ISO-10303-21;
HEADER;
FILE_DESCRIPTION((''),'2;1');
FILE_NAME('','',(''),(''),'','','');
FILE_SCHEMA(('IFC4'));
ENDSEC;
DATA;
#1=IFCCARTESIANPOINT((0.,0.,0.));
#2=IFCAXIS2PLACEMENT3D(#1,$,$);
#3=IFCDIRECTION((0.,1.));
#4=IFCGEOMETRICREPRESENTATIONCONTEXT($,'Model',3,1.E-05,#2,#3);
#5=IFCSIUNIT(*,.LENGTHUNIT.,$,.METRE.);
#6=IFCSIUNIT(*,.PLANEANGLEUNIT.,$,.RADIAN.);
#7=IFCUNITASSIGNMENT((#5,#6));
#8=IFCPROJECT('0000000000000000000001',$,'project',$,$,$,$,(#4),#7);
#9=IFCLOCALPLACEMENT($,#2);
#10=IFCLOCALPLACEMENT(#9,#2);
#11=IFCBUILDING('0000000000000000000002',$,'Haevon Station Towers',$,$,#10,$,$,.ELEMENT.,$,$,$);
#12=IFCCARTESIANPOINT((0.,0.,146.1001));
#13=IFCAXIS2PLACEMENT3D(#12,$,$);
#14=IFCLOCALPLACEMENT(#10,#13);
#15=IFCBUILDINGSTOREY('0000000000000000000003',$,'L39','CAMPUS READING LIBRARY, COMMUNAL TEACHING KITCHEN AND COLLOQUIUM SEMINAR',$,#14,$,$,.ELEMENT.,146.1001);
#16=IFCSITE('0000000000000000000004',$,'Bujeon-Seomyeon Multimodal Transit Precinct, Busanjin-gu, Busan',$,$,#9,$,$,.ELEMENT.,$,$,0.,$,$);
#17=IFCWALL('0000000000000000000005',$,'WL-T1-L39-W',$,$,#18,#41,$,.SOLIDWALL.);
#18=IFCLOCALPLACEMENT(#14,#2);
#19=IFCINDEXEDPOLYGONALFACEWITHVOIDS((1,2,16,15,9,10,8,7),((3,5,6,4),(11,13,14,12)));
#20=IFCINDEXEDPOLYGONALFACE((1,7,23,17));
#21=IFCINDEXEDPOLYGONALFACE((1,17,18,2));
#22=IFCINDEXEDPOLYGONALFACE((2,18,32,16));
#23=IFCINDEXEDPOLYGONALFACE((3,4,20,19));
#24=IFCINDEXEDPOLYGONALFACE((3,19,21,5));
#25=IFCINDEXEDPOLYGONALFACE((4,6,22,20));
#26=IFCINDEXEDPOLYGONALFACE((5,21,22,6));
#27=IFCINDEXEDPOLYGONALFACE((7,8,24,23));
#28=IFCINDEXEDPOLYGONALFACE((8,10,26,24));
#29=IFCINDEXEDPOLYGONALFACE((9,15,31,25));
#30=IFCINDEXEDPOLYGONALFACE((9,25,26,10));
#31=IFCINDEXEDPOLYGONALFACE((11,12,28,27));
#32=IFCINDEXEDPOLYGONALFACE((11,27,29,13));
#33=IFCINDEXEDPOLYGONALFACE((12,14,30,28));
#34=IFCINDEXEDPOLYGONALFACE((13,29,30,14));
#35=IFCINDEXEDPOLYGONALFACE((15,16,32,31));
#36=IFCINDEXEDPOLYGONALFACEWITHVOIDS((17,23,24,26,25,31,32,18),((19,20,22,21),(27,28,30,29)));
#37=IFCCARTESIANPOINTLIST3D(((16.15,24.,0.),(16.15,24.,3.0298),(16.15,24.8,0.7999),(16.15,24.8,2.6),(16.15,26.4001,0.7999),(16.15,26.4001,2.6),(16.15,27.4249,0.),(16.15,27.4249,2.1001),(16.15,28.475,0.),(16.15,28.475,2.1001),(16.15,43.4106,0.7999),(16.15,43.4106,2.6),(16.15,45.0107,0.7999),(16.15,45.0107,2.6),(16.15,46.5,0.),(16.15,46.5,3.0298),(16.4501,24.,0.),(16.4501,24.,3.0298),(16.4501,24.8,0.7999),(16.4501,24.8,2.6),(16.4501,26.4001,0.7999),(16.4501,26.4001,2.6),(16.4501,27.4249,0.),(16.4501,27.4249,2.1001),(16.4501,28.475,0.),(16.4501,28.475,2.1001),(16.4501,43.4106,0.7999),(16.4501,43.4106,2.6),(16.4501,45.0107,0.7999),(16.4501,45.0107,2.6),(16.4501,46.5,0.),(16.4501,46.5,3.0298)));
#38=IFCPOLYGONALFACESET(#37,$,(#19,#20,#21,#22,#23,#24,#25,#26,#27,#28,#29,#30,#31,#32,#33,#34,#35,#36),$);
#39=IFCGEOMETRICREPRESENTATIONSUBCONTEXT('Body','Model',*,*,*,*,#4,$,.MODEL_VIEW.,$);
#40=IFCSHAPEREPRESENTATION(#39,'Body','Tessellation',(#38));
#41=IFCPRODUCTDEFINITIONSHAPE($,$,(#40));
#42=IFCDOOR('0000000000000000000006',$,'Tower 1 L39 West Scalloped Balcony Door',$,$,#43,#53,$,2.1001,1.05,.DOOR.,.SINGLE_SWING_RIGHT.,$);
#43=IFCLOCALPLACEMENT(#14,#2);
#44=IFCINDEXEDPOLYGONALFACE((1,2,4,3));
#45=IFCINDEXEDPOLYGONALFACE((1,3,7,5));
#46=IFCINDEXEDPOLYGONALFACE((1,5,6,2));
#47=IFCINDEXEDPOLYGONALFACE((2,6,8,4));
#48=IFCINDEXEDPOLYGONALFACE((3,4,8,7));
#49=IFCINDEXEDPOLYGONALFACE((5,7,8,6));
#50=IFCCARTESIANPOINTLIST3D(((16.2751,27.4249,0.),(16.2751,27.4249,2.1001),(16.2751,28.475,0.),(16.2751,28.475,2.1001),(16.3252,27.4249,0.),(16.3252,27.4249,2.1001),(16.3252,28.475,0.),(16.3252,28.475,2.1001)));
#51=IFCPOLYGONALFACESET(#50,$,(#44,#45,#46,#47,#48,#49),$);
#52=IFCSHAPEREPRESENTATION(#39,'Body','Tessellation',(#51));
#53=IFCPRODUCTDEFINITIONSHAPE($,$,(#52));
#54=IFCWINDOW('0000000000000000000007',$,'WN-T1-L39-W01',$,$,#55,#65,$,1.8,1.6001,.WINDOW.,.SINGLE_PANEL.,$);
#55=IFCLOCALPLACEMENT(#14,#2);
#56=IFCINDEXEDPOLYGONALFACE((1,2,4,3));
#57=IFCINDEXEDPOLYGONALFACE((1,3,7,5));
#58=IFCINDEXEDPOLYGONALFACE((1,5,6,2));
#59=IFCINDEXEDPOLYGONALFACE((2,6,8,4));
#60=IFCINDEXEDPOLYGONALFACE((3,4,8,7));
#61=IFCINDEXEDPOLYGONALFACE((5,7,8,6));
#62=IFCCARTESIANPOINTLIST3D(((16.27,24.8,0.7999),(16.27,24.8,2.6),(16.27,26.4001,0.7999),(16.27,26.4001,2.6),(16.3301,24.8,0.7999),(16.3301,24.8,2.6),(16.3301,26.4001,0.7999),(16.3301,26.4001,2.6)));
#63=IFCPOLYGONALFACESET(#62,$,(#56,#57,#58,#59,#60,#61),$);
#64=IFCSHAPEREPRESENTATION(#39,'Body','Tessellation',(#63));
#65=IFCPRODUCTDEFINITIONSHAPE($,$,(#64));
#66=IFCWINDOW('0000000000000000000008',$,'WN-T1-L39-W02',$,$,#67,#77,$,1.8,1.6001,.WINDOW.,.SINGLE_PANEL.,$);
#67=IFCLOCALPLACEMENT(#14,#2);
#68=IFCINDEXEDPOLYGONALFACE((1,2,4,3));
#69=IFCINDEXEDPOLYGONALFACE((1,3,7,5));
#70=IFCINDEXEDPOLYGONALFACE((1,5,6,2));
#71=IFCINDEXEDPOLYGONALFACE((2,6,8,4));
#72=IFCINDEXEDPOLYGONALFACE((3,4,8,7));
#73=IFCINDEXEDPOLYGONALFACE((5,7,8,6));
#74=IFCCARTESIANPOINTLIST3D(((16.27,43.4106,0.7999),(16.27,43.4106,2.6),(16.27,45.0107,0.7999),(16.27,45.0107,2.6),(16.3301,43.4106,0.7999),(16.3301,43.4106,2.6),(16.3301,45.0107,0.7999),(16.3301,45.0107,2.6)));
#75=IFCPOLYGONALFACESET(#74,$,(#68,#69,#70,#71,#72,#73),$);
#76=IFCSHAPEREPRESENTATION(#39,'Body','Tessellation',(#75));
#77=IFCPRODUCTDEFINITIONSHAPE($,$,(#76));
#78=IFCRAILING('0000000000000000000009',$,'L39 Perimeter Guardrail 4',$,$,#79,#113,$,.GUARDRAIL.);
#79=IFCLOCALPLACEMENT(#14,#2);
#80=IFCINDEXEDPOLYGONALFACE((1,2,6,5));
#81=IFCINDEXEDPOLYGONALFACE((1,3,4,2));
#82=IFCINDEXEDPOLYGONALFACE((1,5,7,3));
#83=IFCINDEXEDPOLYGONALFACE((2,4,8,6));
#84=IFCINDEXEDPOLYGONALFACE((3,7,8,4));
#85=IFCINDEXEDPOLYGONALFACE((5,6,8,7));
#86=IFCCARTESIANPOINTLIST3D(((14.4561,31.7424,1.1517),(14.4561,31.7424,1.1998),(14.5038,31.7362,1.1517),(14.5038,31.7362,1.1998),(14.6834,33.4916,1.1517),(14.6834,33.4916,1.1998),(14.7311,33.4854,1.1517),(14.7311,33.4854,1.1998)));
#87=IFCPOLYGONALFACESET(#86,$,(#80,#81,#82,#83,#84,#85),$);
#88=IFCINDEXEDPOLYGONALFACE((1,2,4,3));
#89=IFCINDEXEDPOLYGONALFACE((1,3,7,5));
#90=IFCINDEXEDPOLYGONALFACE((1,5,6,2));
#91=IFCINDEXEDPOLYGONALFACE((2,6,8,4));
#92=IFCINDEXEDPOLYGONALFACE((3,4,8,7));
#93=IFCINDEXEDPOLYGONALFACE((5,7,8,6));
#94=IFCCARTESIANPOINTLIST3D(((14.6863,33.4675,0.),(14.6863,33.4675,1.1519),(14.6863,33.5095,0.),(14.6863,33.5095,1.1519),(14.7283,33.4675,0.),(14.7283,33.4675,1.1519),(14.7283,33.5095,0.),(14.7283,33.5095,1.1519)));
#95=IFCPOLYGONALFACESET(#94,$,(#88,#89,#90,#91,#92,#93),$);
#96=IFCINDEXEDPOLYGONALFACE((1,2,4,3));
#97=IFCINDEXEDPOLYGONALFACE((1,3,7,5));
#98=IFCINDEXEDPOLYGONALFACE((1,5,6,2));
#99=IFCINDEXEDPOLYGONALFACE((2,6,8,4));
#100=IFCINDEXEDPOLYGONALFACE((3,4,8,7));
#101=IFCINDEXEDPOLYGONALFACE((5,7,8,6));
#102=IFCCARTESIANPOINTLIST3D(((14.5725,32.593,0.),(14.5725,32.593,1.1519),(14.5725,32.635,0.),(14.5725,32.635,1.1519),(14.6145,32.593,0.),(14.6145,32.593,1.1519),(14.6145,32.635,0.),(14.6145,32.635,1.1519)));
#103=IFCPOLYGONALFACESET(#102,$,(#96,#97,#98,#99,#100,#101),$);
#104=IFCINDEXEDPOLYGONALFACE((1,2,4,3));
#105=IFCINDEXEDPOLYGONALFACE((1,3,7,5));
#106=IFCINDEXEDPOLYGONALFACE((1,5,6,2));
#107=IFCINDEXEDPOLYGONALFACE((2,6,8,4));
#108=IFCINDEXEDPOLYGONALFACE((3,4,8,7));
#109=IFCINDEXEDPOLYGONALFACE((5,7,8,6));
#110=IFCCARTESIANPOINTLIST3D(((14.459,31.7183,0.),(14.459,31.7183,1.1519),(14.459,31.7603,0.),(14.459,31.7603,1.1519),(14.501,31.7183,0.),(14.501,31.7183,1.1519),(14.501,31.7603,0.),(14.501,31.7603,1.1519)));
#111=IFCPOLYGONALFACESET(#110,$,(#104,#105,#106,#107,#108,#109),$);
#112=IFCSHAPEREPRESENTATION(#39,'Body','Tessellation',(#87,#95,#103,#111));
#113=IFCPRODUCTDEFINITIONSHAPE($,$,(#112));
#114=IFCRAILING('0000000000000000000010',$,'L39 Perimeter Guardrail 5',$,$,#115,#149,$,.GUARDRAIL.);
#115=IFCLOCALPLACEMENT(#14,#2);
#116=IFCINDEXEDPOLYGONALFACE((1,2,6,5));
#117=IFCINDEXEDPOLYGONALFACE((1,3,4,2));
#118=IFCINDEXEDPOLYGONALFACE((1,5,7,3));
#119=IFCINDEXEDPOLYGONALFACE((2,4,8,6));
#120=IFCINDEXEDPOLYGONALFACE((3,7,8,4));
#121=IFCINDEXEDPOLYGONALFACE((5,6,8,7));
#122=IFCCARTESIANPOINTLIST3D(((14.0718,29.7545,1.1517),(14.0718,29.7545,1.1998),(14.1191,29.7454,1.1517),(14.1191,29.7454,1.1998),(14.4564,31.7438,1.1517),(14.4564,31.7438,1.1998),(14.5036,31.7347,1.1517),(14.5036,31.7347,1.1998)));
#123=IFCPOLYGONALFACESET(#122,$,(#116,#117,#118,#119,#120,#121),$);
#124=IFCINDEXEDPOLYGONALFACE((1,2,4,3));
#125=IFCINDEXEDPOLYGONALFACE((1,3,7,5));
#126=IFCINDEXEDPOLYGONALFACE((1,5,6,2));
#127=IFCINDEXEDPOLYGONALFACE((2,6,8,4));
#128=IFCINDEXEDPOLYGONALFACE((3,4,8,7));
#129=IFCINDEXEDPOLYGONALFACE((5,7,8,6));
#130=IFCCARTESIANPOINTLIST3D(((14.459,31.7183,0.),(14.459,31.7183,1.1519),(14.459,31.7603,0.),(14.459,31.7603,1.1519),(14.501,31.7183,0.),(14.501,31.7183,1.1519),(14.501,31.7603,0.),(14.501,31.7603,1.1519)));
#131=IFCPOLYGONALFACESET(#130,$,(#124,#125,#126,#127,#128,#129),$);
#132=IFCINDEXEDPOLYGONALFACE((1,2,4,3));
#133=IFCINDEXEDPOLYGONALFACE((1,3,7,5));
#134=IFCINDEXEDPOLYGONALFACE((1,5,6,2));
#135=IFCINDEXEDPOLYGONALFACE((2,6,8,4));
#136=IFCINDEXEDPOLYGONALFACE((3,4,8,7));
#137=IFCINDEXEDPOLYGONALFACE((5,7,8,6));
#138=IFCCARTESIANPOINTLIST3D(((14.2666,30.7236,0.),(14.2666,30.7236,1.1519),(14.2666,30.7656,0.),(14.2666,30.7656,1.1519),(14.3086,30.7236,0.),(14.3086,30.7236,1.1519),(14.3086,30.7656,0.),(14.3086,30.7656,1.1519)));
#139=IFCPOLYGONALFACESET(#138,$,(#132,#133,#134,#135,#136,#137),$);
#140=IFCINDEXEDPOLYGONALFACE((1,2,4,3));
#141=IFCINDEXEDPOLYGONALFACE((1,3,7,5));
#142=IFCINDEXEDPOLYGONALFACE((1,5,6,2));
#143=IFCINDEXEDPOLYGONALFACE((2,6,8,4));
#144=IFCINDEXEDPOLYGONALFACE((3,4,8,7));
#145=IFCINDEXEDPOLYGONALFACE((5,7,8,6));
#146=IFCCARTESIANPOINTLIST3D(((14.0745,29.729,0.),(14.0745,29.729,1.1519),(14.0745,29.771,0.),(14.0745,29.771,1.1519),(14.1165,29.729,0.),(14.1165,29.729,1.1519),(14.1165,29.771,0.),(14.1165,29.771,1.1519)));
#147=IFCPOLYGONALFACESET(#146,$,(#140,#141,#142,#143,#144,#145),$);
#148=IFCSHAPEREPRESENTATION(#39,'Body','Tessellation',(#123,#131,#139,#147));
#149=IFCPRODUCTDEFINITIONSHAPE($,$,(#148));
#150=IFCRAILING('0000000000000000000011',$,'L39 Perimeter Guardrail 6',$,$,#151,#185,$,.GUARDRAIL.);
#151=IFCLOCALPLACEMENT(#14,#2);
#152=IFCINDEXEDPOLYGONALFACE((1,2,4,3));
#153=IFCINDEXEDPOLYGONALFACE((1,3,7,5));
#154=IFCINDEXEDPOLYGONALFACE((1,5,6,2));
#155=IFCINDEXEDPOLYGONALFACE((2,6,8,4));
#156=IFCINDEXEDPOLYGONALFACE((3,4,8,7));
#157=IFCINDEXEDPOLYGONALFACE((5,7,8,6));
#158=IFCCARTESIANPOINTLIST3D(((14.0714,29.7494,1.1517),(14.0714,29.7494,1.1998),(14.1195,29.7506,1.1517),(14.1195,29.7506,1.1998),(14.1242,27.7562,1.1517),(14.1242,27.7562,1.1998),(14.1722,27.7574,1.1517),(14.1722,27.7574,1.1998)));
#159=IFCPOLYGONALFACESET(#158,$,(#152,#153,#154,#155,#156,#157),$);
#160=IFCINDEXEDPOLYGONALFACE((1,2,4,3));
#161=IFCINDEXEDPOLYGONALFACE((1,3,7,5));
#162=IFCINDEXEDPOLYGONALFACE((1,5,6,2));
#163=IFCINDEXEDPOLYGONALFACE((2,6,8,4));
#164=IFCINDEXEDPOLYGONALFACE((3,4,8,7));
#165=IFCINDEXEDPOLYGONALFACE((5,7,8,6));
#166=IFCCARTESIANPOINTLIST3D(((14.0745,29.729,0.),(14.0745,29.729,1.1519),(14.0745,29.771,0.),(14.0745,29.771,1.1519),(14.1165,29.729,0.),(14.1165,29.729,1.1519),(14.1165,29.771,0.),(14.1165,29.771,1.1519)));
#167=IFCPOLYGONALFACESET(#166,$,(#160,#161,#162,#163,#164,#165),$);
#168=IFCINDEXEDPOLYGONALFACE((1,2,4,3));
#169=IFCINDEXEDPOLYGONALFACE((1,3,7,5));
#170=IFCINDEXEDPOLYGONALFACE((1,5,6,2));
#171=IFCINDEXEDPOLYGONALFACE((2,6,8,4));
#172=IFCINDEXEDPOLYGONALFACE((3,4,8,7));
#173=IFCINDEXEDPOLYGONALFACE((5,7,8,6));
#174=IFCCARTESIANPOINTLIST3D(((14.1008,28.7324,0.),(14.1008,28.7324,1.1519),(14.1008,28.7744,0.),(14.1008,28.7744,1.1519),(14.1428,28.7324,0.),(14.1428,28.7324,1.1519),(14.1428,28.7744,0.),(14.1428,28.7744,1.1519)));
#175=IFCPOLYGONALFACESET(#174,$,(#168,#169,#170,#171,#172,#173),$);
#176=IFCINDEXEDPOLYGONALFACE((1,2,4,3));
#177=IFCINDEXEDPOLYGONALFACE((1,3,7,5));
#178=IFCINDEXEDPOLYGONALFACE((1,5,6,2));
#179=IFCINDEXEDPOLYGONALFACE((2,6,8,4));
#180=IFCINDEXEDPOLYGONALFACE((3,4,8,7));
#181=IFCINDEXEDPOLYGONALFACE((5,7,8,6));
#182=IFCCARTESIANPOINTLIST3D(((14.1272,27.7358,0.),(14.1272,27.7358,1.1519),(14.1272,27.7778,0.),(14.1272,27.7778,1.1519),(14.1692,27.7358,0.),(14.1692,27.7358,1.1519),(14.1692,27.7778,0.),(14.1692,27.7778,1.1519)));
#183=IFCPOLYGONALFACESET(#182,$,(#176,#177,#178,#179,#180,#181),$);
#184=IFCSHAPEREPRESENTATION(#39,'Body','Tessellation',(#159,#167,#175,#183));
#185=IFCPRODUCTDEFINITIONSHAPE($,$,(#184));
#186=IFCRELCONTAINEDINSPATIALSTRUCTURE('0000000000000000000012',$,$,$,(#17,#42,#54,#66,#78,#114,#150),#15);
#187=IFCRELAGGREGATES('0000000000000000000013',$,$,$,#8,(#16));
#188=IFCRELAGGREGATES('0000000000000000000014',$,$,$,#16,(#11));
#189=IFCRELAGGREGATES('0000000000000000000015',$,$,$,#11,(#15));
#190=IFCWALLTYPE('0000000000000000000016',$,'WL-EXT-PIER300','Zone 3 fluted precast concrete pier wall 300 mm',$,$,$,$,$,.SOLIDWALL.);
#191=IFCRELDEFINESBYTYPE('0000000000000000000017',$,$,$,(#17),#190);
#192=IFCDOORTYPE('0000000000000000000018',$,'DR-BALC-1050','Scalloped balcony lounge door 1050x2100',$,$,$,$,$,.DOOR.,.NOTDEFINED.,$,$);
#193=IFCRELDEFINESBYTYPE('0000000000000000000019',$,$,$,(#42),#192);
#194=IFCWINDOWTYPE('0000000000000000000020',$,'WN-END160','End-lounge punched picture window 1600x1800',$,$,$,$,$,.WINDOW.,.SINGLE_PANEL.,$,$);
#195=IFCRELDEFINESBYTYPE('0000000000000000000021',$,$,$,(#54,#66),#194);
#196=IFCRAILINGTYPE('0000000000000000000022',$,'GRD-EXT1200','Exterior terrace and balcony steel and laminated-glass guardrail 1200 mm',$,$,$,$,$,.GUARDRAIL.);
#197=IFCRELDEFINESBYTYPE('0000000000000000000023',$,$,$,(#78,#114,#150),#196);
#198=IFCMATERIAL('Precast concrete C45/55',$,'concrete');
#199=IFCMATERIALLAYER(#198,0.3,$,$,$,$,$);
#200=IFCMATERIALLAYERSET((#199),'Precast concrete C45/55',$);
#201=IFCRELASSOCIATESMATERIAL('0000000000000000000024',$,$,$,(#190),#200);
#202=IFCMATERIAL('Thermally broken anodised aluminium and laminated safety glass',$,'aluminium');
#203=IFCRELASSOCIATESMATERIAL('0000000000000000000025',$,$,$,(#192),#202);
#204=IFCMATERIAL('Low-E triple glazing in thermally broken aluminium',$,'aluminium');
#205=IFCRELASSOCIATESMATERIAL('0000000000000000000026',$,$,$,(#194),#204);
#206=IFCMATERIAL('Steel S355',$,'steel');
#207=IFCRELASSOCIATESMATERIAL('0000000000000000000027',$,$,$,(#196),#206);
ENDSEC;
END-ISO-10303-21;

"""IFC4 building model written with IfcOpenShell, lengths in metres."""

from ifc_helpers import new_model, si_unit, direction, frame, frame_2d, origin, origin_2d, place, context, subcontext, project, spatial, rectangle, extrude, material, layer, layer_set, type_object, element, fill, save


model = new_model("IFC4")

# Units and contexts
model_context = context("Model", 3, precision=1e-05, world=origin(), true_north=direction((0.0, 1.0)))
body_context = subcontext(model_context, "Body", "Model", "MODEL_VIEW")
ifc_project = project(units=[si_unit("LENGTHUNIT", "METRE"), si_unit("PLANEANGLEUNIT", "RADIAN")], contexts=[model_context])

# Site, building, storey
site_placement = place(None, origin())
site = spatial("IfcSite", under=ifc_project, at=site_placement, Name="Bujeon-Seomyeon Multimodal Transit Precinct, Busanjin-gu, Busan", CompositionType="ELEMENT", RefElevation=0.0)
building_placement = place(site_placement, origin())
building = spatial("IfcBuilding", under=site, at=building_placement, Name="Haevon Station Towers", CompositionType="ELEMENT")
storey_placement = place(building_placement, frame((0.0, 0.0, 146.1001)))
storey = spatial("IfcBuildingStorey", under=building, at=storey_placement, Name="L39", Description="CAMPUS READING LIBRARY, COMMUNAL TEACHING KITCHEN AND COLLOQUIUM SEMINAR", CompositionType="ELEMENT", Elevation=146.1001)

# Shared definitions
ifc_material_1 = material(Name="Steel S355", Category="steel")

# Wall, openings, door, windows
ifc_material_2 = material(Name="Precast concrete C45/55", Category="concrete")
ifc_layer_1 = layer(ifc_material_2, 0.3)
ifc_layer_set_1 = layer_set([ifc_layer_1], Name="Precast concrete C45/55")
wall_type = type_object("IfcWallType", Name="WL-EXT-PIER300", Description="Zone 3 fluted precast concrete pier wall 300 mm", PredefinedType="SOLIDWALL", material=ifc_layer_set_1)
wall_placement = place(storey_placement, frame((16.3, 24.0, 0.0), z_axis=(0.0, 0.0, 1.0), x_axis=(0.0, 1.0, 0.0)))
wall = element("IfcWall", 1, at=wall_placement, inside=storey, type_object=wall_type, Name="WL-T1-L39-W", PredefinedType="SOLIDWALL", context=body_context, shape_type="SweptSolid", body=[
    extrude(rectangle(XDim=22.5, YDim=0.3, at=frame_2d((11.25, 0.0))), origin(), (0.0, 0.0, 1.0), 3.0298),
])
opening_1_placement = place(wall_placement, frame((3.425, 0.0, 0.0)))
opening_1 = element("IfcOpeningElement", 2, at=opening_1_placement, cuts=wall, PredefinedType="OPENING", context=body_context, shape_type="SweptSolid", body=[
    extrude(rectangle(XDim=1.05, YDim=2.1001, at=frame_2d((0.5249, 1.05))), frame((0.0, 0.1599, 0.0), z_axis=(0.0, -1.0, 0.0), x_axis=(1.0, 0.0, 0.0)), (0.0, 0.0, 1.0), 0.3201),
])
opening_2_placement = place(wall_placement, frame((0.8, 0.0, 0.8)))
opening_2 = element("IfcOpeningElement", 3, at=opening_2_placement, cuts=wall, PredefinedType="OPENING", context=body_context, shape_type="SweptSolid", body=[
    extrude(rectangle(XDim=1.6001, YDim=1.8, at=frame_2d((0.8, 0.8999))), frame((0.0, 0.1599, 0.0), z_axis=(0.0, -1.0, 0.0), x_axis=(1.0, 0.0, 0.0)), (0.0, 0.0, 1.0), 0.3201),
])
opening_3_placement = place(wall_placement, frame((19.4106, 0.0, 0.8)))
opening_3 = element("IfcOpeningElement", 4, at=opening_3_placement, cuts=wall, PredefinedType="OPENING", context=body_context, shape_type="SweptSolid", body=[
    extrude(rectangle(XDim=1.6001, YDim=1.8, at=frame_2d((0.8, 0.8999))), frame((0.0, 0.1599, 0.0), z_axis=(0.0, -1.0, 0.0), x_axis=(1.0, 0.0, 0.0)), (0.0, 0.0, 1.0), 0.3201),
])
ifc_material_3 = material(Name="Thermally broken anodised aluminium and laminated safety glass", Category="aluminium")
door_type = type_object("IfcDoorType", Name="DR-BALC-1050", Description="Scalloped balcony lounge door 1050x2100", OperationType="NOTDEFINED", PredefinedType="DOOR", material=ifc_material_3)
door_placement = place(opening_1_placement, origin())
door = element("IfcDoor", 5, at=door_placement, inside=storey, type_object=door_type, Name="Tower 1 L39 West Scalloped Balcony Door", OperationType="SINGLE_SWING_RIGHT", OverallHeight=2.1001, OverallWidth=1.05, PredefinedType="DOOR", context=body_context, shape_type="SweptSolid", body=[
    extrude(rectangle(XDim=1.05, YDim=2.1001, at=frame_2d((0.5249, 1.05))), frame((0.0, 0.0249, 0.0), z_axis=(0.0, -1.0, 0.0), x_axis=(1.0, 0.0, 0.0)), (0.0, 0.0, 1.0), 0.05),
])
fill(opening_1, door)
ifc_material_4 = material(Name="Low-E triple glazing in thermally broken aluminium", Category="aluminium")
window_type = type_object("IfcWindowType", Name="WN-END160", Description="End-lounge punched picture window 1600x1800", PartitioningType="SINGLE_PANEL", PredefinedType="WINDOW", material=ifc_material_4)
window_1_placement = place(opening_2_placement, origin())
window_1 = element("IfcWindow", 6, at=window_1_placement, inside=storey, type_object=window_type, Name="WN-T1-L39-W01", OverallHeight=1.8, OverallWidth=1.6001, PartitioningType="SINGLE_PANEL", PredefinedType="WINDOW", context=body_context, shape_type="SweptSolid", body=[
    extrude(rectangle(XDim=1.6001, YDim=1.8, at=frame_2d((0.8, 0.8999))), frame((0.0, 0.03, 0.0), z_axis=(0.0, -1.0, 0.0), x_axis=(1.0, 0.0, 0.0)), (0.0, 0.0, 1.0), 0.0601),
])
fill(opening_2, window_1)
window_2_placement = place(opening_3_placement, origin())
window_2 = element("IfcWindow", 7, at=window_2_placement, inside=storey, type_object=window_type, Name="WN-T1-L39-W02", OverallHeight=1.8, OverallWidth=1.6001, PartitioningType="SINGLE_PANEL", PredefinedType="WINDOW", context=body_context, shape_type="SweptSolid", body=[
    extrude(rectangle(XDim=1.6001, YDim=1.8, at=frame_2d((0.8, 0.8999))), frame((0.0, 0.03, 0.0), z_axis=(0.0, -1.0, 0.0), x_axis=(1.0, 0.0, 0.0)), (0.0, 0.0, 1.0), 0.0601),
])
fill(opening_3, window_2)

# Railings
railing_type = type_object("IfcRailingType", Name="GRD-EXT1200", Description="Exterior terrace and balcony steel and laminated-glass guardrail 1200 mm", PredefinedType="GUARDRAIL", material=ifc_material_1)
railing_1_placement = place(storey_placement, frame((14.7073, 33.4885, 0.0)))
element("IfcRailing", 8, at=railing_1_placement, inside=storey, type_object=railing_type, Name="L39 Perimeter Guardrail 4", PredefinedType="GUARDRAIL", context=body_context, shape_type="SweptSolid", body=[
    extrude(rectangle(XDim=0.0481, YDim=0.0481, at=origin_2d()), frame((0.0, 0.0, 1.1758), z_axis=(-0.128854, -0.991664, 0.0), x_axis=(0.991664, -0.128854, 0.0)), (0.0, 0.0, 1.0), 1.7639),
    extrude(rectangle(XDim=0.042, YDim=0.042, at=origin_2d()), origin(), (0.0, 0.0, 1.0), 1.1519),
    extrude(rectangle(XDim=0.042, YDim=0.042, at=origin_2d()), frame((-0.1138, -0.8745, 0.0)), (0.0, 0.0, 1.0), 1.1519),
    extrude(rectangle(XDim=0.042, YDim=0.042, at=origin_2d()), frame((-0.2273, -1.7493, 0.0)), (0.0, 0.0, 1.0), 1.1519),
])
railing_2_placement = place(storey_placement, frame((14.48, 31.7393, 0.0)))
element("IfcRailing", 9, at=railing_2_placement, inside=storey, type_object=railing_type, Name="L39 Perimeter Guardrail 5", PredefinedType="GUARDRAIL", context=body_context, shape_type="SweptSolid", body=[
    extrude(rectangle(XDim=0.0481, YDim=0.0481, at=origin_2d()), frame((0.0, 0.0, 1.1758), z_axis=(-0.189786, -0.981826, 0.0), x_axis=(0.981826, -0.189786, 0.0)), (0.0, 0.0, 1.0), 2.0261),
    extrude(rectangle(XDim=0.042, YDim=0.042, at=origin_2d()), origin(), (0.0, 0.0, 1.0), 1.1519),
    extrude(rectangle(XDim=0.042, YDim=0.042, at=origin_2d()), frame((-0.1924, -0.9946, 0.0)), (0.0, 0.0, 1.0), 1.1519),
    extrude(rectangle(XDim=0.042, YDim=0.042, at=origin_2d()), frame((-0.3845, -1.9893, 0.0)), (0.0, 0.0, 1.0), 1.1519),
])
railing_3_placement = place(storey_placement, frame((14.0955, 29.75, 0.0)))
element("IfcRailing", 10, at=railing_3_placement, inside=storey, type_object=railing_type, Name="L39 Perimeter Guardrail 6", PredefinedType="GUARDRAIL", context=body_context, shape_type="SweptSolid", body=[
    extrude(rectangle(XDim=0.0481, YDim=0.0481, at=origin_2d()), frame((0.0, 0.0, 1.1758), z_axis=(0.026448, -0.99965, 0.0), x_axis=(0.99965, 0.026448, 0.0)), (0.0, 0.0, 1.0), 1.9939),
    extrude(rectangle(XDim=0.042, YDim=0.042, at=origin_2d()), origin(), (0.0, 0.0, 1.0), 1.1519),
    extrude(rectangle(XDim=0.042, YDim=0.042, at=origin_2d()), frame((0.0264, -0.9966, 0.0)), (0.0, 0.0, 1.0), 1.1519),
    extrude(rectangle(XDim=0.042, YDim=0.042, at=origin_2d()), frame((0.0527, -1.9932, 0.0)), (0.0, 0.0, 1.0), 1.1519),
])

save(model, "model.ifc")
